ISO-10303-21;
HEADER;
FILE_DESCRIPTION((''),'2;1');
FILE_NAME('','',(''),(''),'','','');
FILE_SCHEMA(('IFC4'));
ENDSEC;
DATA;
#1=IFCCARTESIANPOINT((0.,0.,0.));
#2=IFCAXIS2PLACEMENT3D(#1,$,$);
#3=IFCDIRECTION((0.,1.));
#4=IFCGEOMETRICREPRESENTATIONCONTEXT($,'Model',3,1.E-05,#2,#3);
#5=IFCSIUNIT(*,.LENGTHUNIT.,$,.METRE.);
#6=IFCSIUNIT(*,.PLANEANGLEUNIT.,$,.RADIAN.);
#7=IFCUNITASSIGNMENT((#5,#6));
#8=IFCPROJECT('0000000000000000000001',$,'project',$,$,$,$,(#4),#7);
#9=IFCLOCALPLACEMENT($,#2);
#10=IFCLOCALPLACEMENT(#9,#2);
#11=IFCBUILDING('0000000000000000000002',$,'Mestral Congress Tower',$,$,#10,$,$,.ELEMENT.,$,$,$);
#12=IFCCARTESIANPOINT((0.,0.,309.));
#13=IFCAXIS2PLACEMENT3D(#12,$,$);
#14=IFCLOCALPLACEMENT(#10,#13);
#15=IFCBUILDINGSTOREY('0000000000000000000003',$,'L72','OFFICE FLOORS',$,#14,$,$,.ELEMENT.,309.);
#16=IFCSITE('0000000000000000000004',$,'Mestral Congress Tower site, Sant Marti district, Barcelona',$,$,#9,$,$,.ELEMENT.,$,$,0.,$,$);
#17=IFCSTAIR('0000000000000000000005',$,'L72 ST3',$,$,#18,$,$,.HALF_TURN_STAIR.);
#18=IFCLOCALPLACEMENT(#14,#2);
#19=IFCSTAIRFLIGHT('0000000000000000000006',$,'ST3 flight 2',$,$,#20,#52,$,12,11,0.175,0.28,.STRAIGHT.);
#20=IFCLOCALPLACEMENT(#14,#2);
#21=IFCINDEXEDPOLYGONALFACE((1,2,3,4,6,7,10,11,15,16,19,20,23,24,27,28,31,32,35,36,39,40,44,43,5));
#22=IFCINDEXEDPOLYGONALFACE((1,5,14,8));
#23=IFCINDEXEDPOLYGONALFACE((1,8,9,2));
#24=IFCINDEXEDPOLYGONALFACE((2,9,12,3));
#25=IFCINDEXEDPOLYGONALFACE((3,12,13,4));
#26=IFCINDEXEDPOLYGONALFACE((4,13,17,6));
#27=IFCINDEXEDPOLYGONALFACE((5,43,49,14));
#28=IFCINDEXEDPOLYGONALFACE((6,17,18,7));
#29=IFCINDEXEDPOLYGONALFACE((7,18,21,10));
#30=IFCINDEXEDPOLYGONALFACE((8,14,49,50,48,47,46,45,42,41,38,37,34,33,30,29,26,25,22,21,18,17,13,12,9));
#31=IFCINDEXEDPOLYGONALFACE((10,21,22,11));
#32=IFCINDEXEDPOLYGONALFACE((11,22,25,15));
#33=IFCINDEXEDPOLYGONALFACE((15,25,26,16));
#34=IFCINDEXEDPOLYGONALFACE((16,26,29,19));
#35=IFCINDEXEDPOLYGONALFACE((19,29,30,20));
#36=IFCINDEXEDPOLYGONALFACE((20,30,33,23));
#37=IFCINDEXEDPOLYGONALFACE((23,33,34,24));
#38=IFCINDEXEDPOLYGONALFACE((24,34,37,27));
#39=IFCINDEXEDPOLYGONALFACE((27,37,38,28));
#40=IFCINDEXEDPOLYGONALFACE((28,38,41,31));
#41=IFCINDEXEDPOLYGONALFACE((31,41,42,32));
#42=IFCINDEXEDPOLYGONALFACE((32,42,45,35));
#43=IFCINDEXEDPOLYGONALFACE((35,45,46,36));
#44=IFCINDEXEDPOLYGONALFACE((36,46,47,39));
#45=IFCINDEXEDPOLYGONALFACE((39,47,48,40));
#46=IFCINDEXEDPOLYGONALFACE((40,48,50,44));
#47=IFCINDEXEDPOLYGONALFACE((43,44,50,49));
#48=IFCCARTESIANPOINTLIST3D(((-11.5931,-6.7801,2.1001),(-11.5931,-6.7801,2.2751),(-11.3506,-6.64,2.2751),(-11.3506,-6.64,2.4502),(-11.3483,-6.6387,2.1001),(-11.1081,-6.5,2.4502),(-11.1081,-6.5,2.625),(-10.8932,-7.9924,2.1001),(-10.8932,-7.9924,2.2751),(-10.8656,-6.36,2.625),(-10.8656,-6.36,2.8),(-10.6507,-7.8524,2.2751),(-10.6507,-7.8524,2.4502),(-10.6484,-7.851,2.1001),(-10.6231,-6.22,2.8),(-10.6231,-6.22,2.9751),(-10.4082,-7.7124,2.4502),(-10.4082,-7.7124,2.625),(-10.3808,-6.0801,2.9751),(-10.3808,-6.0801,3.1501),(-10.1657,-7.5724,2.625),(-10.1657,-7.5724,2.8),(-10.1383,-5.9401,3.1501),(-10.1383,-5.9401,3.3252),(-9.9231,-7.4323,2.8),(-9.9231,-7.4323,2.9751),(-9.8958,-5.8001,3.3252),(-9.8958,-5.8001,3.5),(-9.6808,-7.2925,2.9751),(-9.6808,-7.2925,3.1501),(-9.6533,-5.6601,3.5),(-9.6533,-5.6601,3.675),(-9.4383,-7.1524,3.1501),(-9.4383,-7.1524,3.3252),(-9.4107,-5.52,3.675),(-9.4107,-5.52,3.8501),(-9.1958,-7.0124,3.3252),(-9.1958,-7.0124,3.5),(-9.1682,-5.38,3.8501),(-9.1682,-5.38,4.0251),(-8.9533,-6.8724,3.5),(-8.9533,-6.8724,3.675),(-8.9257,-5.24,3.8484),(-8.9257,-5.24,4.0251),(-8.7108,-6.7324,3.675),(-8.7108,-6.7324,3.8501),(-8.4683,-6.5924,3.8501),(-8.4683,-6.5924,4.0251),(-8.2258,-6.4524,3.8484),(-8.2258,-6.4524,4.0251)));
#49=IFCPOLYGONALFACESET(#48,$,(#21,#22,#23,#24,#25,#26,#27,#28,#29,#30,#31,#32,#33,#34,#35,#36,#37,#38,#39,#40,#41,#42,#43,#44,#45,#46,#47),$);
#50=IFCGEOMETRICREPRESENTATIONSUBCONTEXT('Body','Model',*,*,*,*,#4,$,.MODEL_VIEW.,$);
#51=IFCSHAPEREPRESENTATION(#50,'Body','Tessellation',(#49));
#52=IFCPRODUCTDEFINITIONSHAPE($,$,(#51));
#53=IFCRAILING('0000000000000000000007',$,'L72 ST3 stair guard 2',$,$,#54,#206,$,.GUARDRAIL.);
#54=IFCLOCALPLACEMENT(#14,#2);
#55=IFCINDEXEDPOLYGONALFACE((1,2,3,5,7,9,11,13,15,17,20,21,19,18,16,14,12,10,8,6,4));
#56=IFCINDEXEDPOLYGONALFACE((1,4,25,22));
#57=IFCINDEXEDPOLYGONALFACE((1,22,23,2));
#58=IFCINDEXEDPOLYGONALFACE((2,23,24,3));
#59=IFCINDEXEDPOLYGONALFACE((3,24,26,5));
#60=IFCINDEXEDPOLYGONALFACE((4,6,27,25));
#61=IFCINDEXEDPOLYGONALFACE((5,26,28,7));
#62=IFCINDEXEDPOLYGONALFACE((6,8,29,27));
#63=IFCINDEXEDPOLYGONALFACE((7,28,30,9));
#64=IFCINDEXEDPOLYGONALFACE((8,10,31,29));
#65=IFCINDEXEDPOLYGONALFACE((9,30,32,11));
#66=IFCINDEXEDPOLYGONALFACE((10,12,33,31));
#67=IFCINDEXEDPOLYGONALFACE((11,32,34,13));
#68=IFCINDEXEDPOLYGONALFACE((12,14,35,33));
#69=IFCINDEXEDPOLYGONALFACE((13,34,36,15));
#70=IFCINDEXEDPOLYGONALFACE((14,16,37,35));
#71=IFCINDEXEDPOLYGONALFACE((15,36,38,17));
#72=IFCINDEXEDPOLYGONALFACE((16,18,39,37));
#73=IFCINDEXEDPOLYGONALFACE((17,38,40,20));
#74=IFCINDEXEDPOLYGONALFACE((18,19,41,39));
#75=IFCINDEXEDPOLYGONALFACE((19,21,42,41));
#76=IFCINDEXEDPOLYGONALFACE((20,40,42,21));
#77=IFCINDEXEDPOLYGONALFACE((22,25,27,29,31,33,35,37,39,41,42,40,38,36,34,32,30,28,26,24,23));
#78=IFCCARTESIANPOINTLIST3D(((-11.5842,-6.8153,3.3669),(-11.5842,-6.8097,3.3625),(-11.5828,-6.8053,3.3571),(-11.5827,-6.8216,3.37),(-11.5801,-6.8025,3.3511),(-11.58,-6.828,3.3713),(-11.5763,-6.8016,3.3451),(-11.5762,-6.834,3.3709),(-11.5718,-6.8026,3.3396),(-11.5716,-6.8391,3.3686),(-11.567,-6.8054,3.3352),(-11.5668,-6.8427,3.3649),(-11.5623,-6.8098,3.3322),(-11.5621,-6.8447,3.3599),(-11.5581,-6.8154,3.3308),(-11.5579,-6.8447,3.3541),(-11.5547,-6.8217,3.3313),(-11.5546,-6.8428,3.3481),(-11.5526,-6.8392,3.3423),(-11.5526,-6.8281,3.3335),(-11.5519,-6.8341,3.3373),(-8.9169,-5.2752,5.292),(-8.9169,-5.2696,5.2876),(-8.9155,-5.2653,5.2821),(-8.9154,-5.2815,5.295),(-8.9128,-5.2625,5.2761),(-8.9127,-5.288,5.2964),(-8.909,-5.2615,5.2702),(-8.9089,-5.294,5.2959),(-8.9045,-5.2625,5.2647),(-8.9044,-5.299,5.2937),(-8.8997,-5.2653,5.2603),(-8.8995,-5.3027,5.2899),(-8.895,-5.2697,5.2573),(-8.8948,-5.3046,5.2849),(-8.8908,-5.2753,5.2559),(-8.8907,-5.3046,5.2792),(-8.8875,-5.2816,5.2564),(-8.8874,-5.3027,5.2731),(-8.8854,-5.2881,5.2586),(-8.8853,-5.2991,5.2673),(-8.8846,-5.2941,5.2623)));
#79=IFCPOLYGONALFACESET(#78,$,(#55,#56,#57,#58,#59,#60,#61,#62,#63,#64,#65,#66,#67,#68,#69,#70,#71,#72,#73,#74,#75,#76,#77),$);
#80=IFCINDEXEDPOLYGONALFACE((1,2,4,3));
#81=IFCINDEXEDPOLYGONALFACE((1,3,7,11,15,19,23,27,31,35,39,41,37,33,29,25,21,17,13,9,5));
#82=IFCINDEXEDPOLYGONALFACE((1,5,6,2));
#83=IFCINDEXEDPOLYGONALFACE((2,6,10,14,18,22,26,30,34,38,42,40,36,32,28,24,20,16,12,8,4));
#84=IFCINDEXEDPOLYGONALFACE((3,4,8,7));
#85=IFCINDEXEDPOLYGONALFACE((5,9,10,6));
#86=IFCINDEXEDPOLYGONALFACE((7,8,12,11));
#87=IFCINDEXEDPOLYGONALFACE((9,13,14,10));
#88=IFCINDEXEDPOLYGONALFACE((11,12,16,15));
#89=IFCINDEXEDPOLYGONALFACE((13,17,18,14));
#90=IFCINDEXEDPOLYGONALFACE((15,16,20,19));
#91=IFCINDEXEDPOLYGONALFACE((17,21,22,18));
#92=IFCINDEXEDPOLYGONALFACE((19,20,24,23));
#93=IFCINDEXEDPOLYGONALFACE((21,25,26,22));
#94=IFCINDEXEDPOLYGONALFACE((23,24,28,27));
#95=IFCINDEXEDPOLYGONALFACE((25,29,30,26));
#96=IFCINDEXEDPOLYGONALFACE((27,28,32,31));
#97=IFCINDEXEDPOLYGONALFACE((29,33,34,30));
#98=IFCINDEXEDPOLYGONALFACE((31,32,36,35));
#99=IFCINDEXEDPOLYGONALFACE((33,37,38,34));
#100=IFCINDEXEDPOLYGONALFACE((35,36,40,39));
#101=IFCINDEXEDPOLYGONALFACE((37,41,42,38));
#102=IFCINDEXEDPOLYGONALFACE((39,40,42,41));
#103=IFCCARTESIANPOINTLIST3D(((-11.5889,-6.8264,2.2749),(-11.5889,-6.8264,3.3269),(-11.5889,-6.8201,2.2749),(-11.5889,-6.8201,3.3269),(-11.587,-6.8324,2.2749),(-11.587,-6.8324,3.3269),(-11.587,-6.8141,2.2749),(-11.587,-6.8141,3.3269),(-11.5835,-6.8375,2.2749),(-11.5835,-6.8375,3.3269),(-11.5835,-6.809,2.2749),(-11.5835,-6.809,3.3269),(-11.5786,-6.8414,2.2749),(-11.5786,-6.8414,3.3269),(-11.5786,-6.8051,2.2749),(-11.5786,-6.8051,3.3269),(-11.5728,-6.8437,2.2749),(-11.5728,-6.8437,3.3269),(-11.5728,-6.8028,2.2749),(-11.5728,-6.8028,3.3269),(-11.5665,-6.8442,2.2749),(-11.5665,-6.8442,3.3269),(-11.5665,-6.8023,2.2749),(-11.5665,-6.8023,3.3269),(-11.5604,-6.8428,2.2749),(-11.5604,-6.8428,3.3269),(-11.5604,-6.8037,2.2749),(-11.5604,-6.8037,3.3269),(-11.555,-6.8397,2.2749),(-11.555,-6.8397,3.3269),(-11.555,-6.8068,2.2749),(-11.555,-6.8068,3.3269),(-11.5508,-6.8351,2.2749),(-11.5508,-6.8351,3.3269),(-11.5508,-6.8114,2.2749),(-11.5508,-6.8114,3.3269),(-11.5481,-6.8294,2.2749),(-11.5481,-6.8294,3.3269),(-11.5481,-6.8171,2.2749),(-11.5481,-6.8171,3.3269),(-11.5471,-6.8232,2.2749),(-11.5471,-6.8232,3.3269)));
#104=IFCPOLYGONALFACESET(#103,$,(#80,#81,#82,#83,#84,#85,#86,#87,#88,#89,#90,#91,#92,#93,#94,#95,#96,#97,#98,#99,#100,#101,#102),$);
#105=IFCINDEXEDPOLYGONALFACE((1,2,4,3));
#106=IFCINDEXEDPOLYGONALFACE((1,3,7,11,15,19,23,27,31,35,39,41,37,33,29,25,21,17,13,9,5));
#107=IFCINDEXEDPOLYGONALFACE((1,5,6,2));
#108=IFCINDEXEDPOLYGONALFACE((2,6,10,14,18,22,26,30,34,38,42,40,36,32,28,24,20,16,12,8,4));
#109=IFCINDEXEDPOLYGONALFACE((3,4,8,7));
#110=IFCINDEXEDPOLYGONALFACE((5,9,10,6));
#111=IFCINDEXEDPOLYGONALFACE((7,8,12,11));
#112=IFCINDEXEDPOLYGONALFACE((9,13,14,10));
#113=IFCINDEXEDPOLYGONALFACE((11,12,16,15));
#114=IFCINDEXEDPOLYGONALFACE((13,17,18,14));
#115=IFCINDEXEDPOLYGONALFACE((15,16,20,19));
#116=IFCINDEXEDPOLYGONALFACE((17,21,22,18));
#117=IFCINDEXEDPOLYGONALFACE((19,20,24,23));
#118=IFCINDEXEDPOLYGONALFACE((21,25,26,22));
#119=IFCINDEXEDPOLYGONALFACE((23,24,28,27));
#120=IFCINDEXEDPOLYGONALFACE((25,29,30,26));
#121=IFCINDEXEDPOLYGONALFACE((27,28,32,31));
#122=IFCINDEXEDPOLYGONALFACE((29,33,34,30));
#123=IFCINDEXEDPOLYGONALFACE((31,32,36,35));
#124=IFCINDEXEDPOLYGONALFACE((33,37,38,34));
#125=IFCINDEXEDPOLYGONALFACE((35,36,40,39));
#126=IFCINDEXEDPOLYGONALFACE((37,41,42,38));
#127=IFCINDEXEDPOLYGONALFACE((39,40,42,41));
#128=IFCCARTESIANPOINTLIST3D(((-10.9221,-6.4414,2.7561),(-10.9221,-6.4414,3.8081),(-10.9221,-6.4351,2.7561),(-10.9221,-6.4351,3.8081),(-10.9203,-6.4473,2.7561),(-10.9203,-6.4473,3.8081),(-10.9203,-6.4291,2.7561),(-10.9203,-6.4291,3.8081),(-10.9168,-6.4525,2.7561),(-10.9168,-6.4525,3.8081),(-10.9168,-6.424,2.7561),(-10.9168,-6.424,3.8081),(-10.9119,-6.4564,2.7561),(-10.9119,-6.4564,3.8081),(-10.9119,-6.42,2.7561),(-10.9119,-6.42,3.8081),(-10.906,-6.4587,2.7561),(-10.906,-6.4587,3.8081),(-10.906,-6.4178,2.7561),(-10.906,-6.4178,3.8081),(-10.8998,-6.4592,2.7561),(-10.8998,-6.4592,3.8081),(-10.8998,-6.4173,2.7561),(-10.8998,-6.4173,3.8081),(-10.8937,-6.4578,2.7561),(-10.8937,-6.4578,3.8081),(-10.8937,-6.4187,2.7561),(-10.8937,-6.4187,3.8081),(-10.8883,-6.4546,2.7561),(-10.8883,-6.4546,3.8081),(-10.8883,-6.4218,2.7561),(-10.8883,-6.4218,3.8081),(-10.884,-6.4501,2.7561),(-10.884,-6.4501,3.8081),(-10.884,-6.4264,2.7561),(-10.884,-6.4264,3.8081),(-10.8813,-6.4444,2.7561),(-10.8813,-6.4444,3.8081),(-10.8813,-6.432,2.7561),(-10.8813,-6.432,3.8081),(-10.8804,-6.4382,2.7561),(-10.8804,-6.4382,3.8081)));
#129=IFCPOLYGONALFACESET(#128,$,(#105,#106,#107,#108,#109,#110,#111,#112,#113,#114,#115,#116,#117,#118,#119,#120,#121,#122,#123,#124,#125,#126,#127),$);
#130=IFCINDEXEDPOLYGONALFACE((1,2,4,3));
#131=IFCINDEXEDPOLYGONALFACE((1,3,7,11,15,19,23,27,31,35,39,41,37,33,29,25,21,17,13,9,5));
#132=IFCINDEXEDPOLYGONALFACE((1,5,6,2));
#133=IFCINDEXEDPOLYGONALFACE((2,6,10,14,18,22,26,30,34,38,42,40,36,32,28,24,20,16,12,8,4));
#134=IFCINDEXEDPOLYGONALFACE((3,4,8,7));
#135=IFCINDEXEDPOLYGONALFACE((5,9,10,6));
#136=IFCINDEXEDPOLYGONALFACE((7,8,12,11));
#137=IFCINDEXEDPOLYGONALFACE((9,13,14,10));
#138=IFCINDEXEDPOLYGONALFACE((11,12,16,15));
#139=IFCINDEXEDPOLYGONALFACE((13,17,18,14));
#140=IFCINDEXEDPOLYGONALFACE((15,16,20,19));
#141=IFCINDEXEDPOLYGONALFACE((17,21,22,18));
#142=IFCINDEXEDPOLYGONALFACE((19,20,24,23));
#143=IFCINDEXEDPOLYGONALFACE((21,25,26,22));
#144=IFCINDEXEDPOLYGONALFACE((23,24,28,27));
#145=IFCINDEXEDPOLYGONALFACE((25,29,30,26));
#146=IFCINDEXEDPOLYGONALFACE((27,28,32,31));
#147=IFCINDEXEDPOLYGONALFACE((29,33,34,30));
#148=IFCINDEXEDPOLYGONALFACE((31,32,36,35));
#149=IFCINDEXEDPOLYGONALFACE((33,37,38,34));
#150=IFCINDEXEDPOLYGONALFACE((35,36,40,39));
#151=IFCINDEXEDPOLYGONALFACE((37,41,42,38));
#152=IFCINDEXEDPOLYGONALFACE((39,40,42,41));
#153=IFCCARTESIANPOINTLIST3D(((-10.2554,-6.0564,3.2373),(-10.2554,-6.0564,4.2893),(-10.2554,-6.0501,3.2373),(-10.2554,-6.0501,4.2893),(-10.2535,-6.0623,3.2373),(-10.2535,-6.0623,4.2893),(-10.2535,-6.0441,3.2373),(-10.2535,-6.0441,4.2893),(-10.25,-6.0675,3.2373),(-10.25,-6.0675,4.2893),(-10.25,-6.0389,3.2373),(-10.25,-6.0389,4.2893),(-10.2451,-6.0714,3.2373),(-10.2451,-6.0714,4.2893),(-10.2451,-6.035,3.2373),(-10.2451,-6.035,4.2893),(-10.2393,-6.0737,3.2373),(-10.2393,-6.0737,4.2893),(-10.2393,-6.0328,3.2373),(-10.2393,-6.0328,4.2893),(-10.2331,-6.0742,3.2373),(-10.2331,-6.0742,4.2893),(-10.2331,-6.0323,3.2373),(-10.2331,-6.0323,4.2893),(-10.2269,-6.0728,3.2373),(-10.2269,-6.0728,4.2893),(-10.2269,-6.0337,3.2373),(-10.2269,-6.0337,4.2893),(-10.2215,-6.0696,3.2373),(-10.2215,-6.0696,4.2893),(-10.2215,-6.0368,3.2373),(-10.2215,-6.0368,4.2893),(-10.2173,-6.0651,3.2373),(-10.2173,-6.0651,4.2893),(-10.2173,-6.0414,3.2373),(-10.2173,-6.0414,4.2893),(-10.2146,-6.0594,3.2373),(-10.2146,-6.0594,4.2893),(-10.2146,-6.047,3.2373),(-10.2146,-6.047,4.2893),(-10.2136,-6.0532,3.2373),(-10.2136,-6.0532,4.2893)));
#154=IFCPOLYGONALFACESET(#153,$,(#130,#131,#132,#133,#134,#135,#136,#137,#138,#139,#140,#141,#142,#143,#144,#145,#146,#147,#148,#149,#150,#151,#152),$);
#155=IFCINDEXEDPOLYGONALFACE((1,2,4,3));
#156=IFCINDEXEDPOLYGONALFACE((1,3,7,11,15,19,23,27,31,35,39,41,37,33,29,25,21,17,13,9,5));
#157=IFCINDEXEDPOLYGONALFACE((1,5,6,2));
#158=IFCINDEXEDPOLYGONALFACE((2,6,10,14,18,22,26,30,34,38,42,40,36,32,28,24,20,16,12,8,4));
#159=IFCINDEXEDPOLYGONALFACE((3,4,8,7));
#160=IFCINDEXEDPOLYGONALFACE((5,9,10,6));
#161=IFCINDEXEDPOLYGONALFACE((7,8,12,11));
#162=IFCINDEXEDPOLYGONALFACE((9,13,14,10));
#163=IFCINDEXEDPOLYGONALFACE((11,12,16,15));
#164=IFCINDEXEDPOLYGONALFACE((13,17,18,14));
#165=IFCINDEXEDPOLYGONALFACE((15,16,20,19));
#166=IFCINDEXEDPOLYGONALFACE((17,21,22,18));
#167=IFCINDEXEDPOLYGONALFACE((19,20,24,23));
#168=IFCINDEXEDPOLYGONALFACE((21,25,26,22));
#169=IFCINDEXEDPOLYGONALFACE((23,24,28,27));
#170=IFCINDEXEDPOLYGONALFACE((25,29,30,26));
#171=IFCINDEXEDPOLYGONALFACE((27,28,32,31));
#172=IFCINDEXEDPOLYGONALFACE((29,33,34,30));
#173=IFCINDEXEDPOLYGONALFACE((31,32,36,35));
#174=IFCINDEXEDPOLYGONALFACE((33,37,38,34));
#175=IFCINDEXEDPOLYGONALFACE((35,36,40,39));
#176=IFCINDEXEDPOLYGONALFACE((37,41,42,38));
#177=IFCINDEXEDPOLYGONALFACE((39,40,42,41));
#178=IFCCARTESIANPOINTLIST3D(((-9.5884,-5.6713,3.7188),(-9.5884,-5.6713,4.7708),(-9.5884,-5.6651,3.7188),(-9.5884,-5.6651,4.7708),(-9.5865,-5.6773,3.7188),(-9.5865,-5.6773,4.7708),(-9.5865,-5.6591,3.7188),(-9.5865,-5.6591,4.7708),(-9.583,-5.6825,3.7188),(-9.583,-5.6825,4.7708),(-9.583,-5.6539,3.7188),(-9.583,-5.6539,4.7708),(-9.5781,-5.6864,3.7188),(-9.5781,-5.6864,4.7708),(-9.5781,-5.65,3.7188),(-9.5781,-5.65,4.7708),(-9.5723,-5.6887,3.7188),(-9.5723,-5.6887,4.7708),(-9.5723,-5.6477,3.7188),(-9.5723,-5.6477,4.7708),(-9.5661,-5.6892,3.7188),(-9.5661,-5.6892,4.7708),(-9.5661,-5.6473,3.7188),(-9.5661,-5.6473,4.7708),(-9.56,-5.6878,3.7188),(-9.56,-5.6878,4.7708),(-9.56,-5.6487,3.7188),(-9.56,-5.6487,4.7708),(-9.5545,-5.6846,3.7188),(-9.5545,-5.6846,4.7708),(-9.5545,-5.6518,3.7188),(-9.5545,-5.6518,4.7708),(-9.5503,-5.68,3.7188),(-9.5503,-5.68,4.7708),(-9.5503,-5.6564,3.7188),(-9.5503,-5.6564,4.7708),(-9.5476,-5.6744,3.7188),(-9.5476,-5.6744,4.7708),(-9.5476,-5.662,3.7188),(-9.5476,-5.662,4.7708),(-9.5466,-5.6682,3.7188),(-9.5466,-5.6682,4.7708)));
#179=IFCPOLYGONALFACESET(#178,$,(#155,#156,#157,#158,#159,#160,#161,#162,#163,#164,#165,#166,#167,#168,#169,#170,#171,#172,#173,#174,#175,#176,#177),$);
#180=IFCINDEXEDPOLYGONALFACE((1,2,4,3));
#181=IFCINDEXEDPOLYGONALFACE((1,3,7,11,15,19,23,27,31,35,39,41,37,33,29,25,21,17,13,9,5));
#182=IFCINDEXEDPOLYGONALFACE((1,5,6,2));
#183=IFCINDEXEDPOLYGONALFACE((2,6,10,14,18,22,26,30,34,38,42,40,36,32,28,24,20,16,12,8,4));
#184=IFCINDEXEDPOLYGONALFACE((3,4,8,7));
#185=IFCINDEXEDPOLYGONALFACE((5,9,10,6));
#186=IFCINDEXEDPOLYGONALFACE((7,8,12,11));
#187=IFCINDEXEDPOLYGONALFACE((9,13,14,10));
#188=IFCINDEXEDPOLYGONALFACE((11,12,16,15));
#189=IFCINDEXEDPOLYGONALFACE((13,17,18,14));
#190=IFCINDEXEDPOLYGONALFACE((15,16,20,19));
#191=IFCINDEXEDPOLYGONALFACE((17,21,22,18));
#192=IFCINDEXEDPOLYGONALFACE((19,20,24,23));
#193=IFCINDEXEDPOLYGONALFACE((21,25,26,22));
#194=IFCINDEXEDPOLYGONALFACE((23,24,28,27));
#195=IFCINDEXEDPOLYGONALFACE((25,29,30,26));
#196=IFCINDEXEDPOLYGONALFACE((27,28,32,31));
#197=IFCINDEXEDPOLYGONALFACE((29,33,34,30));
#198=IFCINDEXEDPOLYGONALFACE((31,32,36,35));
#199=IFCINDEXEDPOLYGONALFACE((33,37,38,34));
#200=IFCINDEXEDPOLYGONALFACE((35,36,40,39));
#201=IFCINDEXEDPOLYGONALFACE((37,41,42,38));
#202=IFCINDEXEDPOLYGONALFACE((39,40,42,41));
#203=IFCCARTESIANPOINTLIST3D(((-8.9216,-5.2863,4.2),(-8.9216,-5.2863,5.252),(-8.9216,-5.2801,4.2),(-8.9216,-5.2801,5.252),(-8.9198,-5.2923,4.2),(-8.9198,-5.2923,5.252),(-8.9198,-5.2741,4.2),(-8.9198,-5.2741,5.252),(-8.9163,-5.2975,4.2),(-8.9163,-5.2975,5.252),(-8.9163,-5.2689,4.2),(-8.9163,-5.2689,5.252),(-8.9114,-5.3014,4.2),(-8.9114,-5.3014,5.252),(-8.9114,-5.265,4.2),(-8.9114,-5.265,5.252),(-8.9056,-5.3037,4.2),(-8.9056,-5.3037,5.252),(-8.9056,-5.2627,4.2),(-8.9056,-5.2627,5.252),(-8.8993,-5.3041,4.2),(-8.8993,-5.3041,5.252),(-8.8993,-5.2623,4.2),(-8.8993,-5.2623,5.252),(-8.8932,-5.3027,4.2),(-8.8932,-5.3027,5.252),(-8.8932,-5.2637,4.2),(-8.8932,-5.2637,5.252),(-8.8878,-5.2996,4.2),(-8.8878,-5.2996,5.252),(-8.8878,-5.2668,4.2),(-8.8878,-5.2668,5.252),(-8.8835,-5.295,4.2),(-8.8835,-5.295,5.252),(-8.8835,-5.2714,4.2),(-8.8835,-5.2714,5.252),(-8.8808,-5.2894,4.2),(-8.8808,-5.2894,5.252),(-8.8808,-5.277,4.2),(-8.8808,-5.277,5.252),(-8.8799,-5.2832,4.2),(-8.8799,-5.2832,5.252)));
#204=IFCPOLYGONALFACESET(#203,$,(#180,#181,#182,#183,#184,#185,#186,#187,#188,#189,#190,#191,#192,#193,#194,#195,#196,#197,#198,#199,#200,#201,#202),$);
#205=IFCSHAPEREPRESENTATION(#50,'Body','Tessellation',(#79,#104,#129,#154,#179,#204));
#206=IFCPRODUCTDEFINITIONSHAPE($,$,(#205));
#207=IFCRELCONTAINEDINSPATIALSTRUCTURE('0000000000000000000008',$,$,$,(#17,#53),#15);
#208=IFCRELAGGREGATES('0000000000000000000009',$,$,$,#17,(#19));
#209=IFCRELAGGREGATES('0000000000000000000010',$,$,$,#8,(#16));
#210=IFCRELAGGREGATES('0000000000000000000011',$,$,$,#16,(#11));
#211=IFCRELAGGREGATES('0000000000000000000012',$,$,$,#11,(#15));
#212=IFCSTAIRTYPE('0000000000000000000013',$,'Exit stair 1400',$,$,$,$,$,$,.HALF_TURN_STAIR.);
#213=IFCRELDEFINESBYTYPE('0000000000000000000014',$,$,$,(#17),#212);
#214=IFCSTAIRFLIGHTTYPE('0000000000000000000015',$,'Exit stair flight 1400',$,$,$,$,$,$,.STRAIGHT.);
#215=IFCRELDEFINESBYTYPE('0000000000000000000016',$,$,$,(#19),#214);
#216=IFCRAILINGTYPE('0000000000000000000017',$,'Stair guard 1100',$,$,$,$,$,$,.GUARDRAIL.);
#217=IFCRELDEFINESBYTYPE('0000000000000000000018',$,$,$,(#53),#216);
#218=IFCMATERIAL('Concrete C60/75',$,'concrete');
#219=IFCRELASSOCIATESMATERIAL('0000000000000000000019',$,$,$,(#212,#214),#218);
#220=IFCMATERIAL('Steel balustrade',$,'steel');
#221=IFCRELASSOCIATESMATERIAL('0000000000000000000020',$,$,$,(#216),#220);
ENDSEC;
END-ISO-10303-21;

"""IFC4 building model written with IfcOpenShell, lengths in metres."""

from ifc_helpers import new_model, si_unit, direction, frame, origin, origin_2d, place, context, subcontext, project, spatial, polyline, circle, outline, extrude, material, type_object, element, aggregate, save


model = new_model("IFC4")

# Units and contexts
model_context = context("Model", 3, precision=1e-05, world=origin(), true_north=direction((0.0, 1.0)))
body_context = subcontext(model_context, "Body", "Model", "MODEL_VIEW")
ifc_project = project(units=[si_unit("LENGTHUNIT", "METRE"), si_unit("PLANEANGLEUNIT", "RADIAN")], contexts=[model_context])

# Site, building, storey
site_placement = place(None, origin())
site = spatial("IfcSite", under=ifc_project, at=site_placement, Name="Mestral Congress Tower site, Sant Marti district, Barcelona", CompositionType="ELEMENT", RefElevation=0.0)
building_placement = place(site_placement, origin())
building = spatial("IfcBuilding", under=site, at=building_placement, Name="Mestral Congress Tower", CompositionType="ELEMENT")
storey_placement = place(building_placement, frame((0.0, 0.0, 309.0)))
storey = spatial("IfcBuildingStorey", under=building, at=storey_placement, Name="L72", Description="OFFICE FLOORS", CompositionType="ELEMENT", Elevation=309.0)

# Shared definitions
ifc_material_1 = material(Name="Concrete C60/75", Category="concrete")

# Stair, stair flight
stair_type = type_object("IfcStairType", Name="Exit stair 1400", PredefinedType="HALF_TURN_STAIR", material=ifc_material_1)
stair_placement = place(storey_placement, origin())
stair = element("IfcStair", 1, at=stair_placement, inside=storey, type_object=stair_type, Name="L72 ST3", PredefinedType="HALF_TURN_STAIR")
stair_flight_type = type_object("IfcStairFlightType", Name="Exit stair flight 1400", PredefinedType="STRAIGHT", material=ifc_material_1)
stair_flight_1_placement = place(storey_placement, frame((-11.2432, -7.3862, 2.1001), z_axis=(0.0, 0.0, 1.0), x_axis=(0.866025, 0.5, 0.0)))
stair_flight_1 = element("IfcStairFlight", 2, at=stair_flight_1_placement, type_object=stair_flight_type, Name="ST3 flight 2", NumberOfRisers=12, NumberOfTreads=11, PredefinedType="STRAIGHT", RiserHeight=0.175, TreadLength=0.28, context=body_context, shape_type="SweptSolid", body=[
    extrude(outline(polyline([(0.0, 0.0), (0.0, 0.175), (0.28, 0.175), (0.28, 0.3501), (0.5601, 0.3501), (0.5601, 0.5249), (0.8401, 0.5249), (0.8401, 0.7), (1.1201, 0.7), (1.1201, 0.875), (1.3999, 0.875), (1.3999, 1.05), (1.6799, 1.05), (1.6799, 1.2251), (1.96, 1.2251), (1.96, 1.3999), (2.24, 1.3999), (2.24, 1.575), (2.52, 1.575), (2.52, 1.75), (2.8, 1.75), (2.8, 1.925), (3.0801, 1.925), (3.0801, 2.1001), (3.0801, 1.7483), (0.2827, 0.0), (0.0, 0.0)])), frame((0.0, 0.7, 0.0), z_axis=(0.0, -1.0, 0.0), x_axis=(1.0, 0.0, 0.0)), (0.0, 0.0, 1.0), 1.3999),
])
aggregate(stair, [stair_flight_1])

# Railing
ifc_material_2 = material(Name="Steel balustrade", Category="steel")
railing_type_1 = type_object("IfcRailingType", Name="Stair guard 1100", PredefinedType="GUARDRAIL", material=ifc_material_2)
railing_1_placement = place(storey_placement, frame((-11.5681, -6.8232, 2.2749)))
element("IfcRailing", 3, at=railing_1_placement, inside=storey, type_object=railing_type_1, Name="L72 ST3 stair guard 2", PredefinedType="GUARDRAIL", context=body_context, shape_type="SweptSolid", body=[
    extrude(circle(Radius=0.0239, at=origin_2d()), frame((0.0, 0.0, 1.0762), z_axis=(0.734364, 0.424015, 0.530019), x_axis=(-0.500027, 0.86601, 0.0)), (0.0, 0.0, 1.0), 3.6321),
    extrude(circle(Radius=0.021, at=origin_2d()), origin(), (0.0, 0.0, 1.0), 1.052),
    extrude(circle(Radius=0.021, at=origin_2d()), frame((0.6667, 0.385, 0.4812)), (0.0, 0.0, 1.0), 1.052),
    extrude(circle(Radius=0.021, at=origin_2d()), frame((1.3335, 0.77, 0.9624)), (0.0, 0.0, 1.0), 1.052),
    extrude(circle(Radius=0.021, at=origin_2d()), frame((2.0005, 1.155, 1.4438)), (0.0, 0.0, 1.0), 1.052),
    extrude(circle(Radius=0.021, at=origin_2d()), frame((2.6672, 1.54, 1.925)), (0.0, 0.0, 1.0), 1.052),
])

save(model, "model.ifc")
